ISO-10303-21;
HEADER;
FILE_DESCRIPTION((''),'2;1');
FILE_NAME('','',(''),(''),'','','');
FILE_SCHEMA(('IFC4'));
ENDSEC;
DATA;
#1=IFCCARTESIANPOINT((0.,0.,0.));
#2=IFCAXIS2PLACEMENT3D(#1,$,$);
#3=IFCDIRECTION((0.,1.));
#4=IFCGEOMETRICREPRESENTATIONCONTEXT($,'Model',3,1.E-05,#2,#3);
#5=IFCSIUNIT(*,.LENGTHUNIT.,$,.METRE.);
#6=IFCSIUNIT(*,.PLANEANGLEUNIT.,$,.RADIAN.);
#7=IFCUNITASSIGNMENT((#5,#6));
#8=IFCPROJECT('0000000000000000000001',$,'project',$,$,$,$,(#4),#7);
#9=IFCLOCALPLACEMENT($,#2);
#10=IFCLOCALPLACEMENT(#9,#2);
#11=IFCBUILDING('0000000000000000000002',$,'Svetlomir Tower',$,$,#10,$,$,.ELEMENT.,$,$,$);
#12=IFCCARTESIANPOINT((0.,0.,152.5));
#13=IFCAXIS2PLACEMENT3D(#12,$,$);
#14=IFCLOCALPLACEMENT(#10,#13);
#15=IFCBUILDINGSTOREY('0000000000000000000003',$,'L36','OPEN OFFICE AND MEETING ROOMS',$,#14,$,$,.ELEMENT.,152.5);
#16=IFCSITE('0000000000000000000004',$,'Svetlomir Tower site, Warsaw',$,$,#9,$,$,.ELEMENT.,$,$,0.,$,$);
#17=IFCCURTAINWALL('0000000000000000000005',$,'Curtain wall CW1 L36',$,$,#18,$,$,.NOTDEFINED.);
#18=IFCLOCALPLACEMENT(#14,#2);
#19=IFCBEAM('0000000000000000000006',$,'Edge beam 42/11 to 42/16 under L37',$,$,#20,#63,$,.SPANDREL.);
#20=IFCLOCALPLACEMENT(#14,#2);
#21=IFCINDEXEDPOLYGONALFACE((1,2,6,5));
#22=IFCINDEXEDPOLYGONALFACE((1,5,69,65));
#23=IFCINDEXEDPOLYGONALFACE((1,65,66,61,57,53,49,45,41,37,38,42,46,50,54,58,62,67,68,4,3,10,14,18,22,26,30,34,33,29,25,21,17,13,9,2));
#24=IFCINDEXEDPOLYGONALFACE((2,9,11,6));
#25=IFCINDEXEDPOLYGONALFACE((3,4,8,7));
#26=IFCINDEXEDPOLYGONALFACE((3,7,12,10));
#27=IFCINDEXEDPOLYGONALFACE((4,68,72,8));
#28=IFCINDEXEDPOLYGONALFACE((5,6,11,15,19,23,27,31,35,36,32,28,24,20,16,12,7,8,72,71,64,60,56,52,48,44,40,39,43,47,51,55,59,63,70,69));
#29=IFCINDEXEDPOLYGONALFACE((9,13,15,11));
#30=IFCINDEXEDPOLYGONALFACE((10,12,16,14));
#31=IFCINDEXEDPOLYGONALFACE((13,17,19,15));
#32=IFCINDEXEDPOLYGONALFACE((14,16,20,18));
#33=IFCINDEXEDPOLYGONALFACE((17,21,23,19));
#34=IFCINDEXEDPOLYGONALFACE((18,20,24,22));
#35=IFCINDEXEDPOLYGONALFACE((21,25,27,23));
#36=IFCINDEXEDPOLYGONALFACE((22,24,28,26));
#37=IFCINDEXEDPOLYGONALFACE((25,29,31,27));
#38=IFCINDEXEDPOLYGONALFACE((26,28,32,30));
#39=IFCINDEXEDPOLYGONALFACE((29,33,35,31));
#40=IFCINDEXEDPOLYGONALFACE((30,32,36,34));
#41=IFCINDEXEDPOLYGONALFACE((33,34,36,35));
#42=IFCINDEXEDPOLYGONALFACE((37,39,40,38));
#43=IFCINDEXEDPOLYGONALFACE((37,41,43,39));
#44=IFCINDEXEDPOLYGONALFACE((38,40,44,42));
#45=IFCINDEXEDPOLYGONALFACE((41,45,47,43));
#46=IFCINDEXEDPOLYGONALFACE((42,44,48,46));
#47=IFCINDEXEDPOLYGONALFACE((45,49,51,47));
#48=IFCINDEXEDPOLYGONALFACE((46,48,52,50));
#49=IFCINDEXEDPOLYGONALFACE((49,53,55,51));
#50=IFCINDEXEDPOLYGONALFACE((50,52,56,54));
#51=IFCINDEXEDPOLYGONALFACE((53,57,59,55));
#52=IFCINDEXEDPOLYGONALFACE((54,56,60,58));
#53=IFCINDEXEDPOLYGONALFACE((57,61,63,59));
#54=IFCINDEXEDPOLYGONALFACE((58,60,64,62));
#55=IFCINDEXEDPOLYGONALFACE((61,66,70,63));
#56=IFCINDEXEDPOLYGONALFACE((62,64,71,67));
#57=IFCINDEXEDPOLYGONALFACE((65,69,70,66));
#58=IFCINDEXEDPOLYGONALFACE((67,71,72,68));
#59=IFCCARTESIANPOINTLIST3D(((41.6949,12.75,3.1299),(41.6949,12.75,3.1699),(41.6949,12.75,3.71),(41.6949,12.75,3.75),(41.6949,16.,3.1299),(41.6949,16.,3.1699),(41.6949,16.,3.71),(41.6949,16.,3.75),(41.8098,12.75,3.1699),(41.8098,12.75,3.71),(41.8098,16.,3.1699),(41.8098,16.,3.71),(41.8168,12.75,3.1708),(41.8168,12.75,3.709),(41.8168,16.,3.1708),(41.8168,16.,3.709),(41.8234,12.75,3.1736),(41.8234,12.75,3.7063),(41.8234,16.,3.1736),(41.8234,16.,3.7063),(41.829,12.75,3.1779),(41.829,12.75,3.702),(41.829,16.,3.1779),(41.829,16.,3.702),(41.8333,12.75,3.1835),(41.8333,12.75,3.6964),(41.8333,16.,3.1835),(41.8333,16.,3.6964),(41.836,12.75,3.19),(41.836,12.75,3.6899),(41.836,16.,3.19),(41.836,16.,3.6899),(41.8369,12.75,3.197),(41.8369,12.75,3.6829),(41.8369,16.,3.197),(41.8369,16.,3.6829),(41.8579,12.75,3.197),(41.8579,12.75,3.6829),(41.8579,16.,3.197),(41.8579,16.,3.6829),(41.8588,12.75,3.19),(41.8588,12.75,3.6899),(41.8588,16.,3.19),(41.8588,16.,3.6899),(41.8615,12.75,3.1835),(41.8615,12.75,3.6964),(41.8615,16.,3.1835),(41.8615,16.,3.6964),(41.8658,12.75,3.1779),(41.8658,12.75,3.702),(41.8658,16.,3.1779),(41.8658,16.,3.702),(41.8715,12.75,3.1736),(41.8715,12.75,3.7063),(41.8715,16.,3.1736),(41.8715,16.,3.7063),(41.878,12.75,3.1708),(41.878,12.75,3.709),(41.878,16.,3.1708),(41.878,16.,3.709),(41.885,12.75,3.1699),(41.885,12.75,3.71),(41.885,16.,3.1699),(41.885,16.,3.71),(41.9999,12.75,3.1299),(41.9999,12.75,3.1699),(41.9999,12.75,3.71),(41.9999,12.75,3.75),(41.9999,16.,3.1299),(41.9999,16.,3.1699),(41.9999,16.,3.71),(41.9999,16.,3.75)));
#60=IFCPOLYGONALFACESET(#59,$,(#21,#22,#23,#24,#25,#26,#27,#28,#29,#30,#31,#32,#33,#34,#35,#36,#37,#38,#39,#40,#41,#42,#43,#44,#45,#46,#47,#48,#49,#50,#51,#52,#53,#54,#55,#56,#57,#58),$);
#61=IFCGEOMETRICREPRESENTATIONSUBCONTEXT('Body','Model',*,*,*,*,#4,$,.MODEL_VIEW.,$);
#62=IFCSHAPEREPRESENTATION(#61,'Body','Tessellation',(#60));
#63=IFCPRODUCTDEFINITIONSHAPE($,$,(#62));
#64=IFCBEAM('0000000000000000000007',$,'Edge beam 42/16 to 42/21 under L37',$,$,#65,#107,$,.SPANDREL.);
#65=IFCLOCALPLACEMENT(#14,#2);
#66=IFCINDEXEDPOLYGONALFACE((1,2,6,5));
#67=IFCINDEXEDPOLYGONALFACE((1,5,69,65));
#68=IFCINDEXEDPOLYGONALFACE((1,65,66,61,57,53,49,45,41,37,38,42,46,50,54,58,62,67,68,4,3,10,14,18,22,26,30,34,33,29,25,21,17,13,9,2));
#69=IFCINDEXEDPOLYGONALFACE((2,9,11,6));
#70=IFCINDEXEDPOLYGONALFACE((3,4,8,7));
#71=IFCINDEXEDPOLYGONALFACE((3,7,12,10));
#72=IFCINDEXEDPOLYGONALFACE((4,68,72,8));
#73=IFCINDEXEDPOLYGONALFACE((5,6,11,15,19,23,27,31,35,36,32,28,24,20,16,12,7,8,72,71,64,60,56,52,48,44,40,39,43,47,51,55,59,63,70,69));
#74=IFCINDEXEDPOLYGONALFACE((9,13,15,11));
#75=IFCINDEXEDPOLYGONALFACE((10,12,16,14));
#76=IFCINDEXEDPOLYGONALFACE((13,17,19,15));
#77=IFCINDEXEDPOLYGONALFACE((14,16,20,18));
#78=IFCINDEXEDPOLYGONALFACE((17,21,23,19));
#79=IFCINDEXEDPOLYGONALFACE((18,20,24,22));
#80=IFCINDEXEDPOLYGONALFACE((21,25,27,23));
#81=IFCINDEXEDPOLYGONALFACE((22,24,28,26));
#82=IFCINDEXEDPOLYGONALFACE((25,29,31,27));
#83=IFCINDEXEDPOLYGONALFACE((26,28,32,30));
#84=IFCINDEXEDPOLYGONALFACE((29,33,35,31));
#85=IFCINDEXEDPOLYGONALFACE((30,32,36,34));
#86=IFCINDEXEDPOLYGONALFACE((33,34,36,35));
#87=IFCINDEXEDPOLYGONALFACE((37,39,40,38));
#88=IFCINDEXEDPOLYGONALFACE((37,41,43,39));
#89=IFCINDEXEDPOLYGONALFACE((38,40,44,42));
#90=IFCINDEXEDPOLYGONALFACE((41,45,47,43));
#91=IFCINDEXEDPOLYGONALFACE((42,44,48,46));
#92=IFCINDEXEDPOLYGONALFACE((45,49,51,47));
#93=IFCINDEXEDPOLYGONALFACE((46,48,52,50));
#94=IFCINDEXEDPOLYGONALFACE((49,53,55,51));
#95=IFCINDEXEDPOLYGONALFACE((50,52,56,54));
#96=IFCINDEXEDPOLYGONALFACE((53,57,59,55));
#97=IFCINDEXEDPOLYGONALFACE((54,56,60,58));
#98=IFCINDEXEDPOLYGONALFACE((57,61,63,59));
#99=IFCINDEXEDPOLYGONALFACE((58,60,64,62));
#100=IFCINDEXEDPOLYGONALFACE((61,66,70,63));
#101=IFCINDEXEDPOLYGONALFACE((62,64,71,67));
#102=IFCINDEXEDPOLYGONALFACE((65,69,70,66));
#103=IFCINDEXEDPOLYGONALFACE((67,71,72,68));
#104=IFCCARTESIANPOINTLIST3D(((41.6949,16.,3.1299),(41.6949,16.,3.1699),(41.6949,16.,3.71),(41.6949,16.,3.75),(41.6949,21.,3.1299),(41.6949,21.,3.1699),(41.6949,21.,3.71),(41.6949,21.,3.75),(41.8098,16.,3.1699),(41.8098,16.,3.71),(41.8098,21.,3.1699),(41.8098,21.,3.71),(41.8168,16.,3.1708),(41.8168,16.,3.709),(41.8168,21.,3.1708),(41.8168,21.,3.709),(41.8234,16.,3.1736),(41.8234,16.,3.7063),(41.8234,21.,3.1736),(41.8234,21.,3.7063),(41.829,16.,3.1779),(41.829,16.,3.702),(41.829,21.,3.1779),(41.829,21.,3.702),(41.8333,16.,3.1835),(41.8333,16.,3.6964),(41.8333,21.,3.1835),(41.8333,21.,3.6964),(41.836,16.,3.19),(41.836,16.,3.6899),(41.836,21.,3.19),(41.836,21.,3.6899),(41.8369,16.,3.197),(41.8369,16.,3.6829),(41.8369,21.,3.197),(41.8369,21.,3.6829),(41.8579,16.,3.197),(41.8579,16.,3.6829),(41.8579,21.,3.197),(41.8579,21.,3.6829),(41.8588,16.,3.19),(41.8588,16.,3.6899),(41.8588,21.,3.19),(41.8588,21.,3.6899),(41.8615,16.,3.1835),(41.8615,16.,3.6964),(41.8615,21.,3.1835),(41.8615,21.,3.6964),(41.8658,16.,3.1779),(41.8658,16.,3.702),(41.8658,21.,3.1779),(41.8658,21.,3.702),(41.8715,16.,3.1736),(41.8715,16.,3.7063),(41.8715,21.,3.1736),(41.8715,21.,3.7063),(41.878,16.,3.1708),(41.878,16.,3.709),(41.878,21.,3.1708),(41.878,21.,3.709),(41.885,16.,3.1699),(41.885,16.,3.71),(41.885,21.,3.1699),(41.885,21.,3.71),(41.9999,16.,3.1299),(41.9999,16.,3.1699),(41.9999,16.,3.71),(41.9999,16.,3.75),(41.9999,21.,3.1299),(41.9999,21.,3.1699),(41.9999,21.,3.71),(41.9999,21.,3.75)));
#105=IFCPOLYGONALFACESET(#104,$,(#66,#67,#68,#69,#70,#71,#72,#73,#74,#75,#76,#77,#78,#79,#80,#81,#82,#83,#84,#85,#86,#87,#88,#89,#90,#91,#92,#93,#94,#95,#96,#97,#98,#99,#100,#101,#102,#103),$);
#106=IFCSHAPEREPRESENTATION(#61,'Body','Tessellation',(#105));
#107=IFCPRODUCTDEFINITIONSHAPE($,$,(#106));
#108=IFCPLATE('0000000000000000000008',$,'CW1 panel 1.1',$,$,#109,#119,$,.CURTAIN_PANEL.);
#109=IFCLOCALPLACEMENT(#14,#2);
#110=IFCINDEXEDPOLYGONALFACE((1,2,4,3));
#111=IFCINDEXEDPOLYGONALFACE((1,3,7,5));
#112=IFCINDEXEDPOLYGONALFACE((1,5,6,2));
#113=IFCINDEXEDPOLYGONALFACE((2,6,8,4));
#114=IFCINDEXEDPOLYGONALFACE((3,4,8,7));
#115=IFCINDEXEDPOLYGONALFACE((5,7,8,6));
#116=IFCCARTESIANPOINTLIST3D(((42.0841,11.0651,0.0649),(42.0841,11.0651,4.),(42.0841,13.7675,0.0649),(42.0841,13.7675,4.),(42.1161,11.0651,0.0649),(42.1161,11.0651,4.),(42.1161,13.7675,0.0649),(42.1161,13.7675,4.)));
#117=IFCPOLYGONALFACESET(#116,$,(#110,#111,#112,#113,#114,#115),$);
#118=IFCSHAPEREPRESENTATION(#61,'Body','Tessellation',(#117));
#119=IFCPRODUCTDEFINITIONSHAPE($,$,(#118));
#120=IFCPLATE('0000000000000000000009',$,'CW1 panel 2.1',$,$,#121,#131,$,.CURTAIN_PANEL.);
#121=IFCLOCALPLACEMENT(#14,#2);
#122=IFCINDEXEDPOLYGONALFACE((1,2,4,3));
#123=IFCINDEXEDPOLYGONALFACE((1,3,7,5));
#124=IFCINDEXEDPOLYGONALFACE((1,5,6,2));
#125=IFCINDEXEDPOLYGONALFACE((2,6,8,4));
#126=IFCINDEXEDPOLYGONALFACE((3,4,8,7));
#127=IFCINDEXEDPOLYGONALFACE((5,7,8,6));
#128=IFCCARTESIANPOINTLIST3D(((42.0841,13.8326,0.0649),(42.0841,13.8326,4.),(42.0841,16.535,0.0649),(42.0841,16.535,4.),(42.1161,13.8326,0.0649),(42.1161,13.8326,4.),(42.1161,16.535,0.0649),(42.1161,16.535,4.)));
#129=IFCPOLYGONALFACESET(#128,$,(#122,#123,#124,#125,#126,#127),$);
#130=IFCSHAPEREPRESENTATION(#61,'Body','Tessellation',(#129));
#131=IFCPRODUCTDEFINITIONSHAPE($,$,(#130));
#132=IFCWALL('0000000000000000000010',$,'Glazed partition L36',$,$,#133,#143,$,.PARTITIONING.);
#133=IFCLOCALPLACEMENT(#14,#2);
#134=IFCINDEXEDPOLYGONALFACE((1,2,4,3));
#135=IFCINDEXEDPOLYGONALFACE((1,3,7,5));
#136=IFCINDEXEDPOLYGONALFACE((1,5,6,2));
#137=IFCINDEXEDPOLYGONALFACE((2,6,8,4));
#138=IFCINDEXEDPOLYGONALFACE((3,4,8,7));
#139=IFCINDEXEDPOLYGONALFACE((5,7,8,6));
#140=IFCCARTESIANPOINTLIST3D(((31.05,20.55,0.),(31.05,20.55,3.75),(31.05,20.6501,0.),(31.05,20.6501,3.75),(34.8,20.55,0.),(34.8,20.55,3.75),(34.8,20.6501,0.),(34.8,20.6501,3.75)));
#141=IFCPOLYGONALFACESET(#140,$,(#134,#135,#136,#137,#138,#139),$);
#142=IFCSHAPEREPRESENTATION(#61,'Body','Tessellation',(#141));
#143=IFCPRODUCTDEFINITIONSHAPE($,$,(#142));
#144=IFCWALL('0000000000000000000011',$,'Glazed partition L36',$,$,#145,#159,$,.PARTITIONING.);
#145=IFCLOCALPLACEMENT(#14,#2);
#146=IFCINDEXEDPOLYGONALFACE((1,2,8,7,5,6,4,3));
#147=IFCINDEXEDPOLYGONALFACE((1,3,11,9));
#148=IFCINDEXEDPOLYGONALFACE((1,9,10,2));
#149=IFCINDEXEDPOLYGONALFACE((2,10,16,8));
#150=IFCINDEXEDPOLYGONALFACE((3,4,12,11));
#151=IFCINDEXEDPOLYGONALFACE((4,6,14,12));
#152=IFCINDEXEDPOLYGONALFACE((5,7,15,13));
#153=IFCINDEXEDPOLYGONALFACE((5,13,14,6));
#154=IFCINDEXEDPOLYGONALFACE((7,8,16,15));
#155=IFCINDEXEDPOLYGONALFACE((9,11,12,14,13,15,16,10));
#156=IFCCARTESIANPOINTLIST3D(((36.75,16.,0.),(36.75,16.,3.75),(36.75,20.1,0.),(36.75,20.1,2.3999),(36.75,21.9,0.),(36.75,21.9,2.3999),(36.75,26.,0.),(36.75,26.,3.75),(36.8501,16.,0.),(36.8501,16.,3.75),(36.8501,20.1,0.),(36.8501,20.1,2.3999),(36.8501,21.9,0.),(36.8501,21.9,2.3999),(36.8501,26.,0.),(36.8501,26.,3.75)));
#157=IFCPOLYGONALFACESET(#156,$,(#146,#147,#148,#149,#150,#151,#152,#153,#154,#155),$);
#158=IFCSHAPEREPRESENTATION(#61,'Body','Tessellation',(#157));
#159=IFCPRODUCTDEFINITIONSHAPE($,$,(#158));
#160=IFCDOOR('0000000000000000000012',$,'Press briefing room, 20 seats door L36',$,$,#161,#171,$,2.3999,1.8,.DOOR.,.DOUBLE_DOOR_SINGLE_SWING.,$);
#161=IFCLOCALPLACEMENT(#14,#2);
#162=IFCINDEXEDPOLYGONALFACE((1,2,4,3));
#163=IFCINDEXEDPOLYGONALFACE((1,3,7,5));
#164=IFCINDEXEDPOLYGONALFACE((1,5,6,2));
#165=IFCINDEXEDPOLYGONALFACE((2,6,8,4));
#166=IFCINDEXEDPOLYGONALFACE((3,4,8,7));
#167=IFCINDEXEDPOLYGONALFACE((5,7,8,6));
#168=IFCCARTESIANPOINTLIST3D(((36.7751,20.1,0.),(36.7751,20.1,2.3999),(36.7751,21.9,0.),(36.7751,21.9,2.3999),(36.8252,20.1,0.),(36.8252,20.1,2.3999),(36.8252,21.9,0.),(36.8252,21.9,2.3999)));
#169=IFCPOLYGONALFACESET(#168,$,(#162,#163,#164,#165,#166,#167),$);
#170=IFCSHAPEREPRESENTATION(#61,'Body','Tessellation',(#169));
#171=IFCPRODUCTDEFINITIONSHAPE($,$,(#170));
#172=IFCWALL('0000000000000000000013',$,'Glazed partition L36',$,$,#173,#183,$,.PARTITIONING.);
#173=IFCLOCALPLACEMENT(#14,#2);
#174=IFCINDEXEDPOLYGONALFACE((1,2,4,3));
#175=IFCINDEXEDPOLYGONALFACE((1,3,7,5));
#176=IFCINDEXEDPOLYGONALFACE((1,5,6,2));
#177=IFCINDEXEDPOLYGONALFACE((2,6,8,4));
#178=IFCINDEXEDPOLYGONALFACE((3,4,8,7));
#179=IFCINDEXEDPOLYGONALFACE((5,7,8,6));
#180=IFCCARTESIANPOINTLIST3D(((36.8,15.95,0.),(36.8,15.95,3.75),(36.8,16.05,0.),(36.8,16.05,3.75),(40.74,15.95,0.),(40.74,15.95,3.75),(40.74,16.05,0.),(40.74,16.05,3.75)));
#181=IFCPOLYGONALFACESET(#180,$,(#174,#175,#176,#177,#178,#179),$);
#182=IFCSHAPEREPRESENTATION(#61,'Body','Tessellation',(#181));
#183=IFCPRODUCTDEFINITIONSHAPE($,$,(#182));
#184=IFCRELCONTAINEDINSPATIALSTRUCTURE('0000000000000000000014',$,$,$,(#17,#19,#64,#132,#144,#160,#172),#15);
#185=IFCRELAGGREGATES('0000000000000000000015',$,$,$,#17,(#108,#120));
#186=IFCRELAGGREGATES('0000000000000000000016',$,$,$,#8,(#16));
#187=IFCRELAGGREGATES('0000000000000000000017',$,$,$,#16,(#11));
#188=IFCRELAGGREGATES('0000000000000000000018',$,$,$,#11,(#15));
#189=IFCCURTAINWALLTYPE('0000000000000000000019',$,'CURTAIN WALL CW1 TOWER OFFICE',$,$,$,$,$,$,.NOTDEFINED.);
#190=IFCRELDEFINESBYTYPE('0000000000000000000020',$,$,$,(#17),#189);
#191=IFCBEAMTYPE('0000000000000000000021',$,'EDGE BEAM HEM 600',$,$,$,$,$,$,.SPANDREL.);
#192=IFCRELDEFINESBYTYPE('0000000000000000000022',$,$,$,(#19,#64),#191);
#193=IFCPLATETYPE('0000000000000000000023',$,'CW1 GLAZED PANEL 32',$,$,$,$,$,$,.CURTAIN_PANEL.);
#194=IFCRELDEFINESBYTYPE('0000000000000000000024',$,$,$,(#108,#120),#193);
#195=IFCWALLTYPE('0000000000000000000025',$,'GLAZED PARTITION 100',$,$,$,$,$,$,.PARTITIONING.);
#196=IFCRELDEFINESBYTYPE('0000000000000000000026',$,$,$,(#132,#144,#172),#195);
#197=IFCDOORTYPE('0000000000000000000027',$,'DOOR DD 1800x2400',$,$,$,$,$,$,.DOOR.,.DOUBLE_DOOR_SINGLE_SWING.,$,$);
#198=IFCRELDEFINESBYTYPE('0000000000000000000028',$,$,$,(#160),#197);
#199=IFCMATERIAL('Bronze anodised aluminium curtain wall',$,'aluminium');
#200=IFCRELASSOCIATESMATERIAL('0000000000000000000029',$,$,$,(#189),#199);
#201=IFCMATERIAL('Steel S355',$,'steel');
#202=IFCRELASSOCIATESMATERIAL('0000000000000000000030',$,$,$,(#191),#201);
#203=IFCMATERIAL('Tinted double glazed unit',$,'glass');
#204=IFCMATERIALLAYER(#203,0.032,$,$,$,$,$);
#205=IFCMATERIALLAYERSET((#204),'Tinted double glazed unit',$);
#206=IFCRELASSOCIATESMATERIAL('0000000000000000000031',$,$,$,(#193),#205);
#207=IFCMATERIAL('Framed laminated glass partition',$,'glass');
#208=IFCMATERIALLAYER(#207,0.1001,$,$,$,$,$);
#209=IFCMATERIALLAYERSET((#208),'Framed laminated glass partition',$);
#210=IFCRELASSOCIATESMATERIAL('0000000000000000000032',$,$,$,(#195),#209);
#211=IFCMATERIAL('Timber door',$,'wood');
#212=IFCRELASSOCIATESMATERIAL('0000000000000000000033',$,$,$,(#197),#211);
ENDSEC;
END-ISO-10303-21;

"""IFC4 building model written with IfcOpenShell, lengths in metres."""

from ifc_helpers import new_model, si_unit, direction, frame, frame_2d, origin, origin_2d, place, context, subcontext, project, spatial, rectangle, i_section, extrude, material, layer, layer_set, material_profile, profile_set, type_object, element, fill, aggregate, save


model = new_model("IFC4")

# Units and contexts
model_context = context("Model", 3, precision=1e-05, world=origin(), true_north=direction((0.0, 1.0)))
body_context = subcontext(model_context, "Body", "Model", "MODEL_VIEW")
ifc_project = project(units=[si_unit("LENGTHUNIT", "METRE"), si_unit("PLANEANGLEUNIT", "RADIAN")], contexts=[model_context])

# Site, building, storey
site_placement = place(None, origin())
site = spatial("IfcSite", under=ifc_project, at=site_placement, Name="Svetlomir Tower site, Warsaw", CompositionType="ELEMENT", RefElevation=0.0)
building_placement = place(site_placement, origin())
building = spatial("IfcBuilding", under=site, at=building_placement, Name="Svetlomir Tower", CompositionType="ELEMENT")
storey_placement = place(building_placement, frame((0.0, 0.0, 152.5)))
storey = spatial("IfcBuildingStorey", under=building, at=storey_placement, Name="L36", Description="OPEN OFFICE AND MEETING ROOMS", CompositionType="ELEMENT", Elevation=152.5)

# Shared definitions
ifc_material_1 = material(Name="Bronze anodised aluminium curtain wall", Category="aluminium")
curtain_wall_type = type_object("IfcCurtainWallType", Name="CURTAIN WALL CW1 TOWER OFFICE", PredefinedType="NOTDEFINED", material=ifc_material_1)

# Curtain wall
curtain_wall_1_placement = place(storey_placement, origin())
curtain_wall_1 = element("IfcCurtainWall", 1, at=curtain_wall_1_placement, inside=storey, type_object=curtain_wall_type, Name="Curtain wall CW1 L36", PredefinedType="NOTDEFINED")

# Beams
ifc_material_2 = material(Name="Steel S355", Category="steel")
ifc_material_profile_1 = material_profile(ifc_material_2, i_section(OverallWidth=0.3049, OverallDepth=0.6201, WebThickness=0.021, FlangeThickness=0.04, FilletRadius=0.0271, at=origin_2d()), Name="HEM 600")
ifc_profile_set_1 = profile_set([ifc_material_profile_1], Name="Steel S355")
beam_type_1 = type_object("IfcBeamType", Name="EDGE BEAM HEM 600", PredefinedType="SPANDREL", material=ifc_profile_set_1)
beam_1_placement = place(storey_placement, frame((41.8474, 12.75, 3.4399), z_axis=(0.0, 1.0, 0.0), x_axis=(-1.0, 0.0, 0.0)))
element("IfcBeam", 2, at=beam_1_placement, inside=storey, type_object=beam_type_1, Name="Edge beam 42/11 to 42/16 under L37", PredefinedType="SPANDREL", context=body_context, shape_type="SweptSolid", body=[
    extrude(i_section(OverallWidth=0.3049, OverallDepth=0.6201, WebThickness=0.021, FlangeThickness=0.04, FilletRadius=0.0271, at=origin_2d()), origin(), (0.0, 0.0, 1.0), 3.25),
])
beam_2_placement = place(storey_placement, frame((41.8474, 16.0, 3.4399), z_axis=(0.0, 1.0, 0.0), x_axis=(-1.0, 0.0, 0.0)))
element("IfcBeam", 3, at=beam_2_placement, inside=storey, type_object=beam_type_1, Name="Edge beam 42/16 to 42/21 under L37", PredefinedType="SPANDREL", context=body_context, shape_type="SweptSolid", body=[
    extrude(i_section(OverallWidth=0.3049, OverallDepth=0.6201, WebThickness=0.021, FlangeThickness=0.04, FilletRadius=0.0271, at=origin_2d()), origin(), (0.0, 0.0, 1.0), 5.0),
])

# Plates
ifc_material_3 = material(Name="Tinted double glazed unit", Category="glass")
ifc_layer_1 = layer(ifc_material_3, 0.032)
ifc_layer_set_1 = layer_set([ifc_layer_1], Name="Tinted double glazed unit")
plate_type = type_object("IfcPlateType", Name="CW1 GLAZED PANEL 32", PredefinedType="CURTAIN_PANEL", material=ifc_layer_set_1)
plate_1_placement = place(storey_placement, frame((42.1001, 12.4163, 0.0649), z_axis=(0.0, 0.0, 1.0), x_axis=(0.0, 1.0, 0.0)))
plate_1 = element("IfcPlate", 4, at=plate_1_placement, type_object=plate_type, Name="CW1 panel 1.1", PredefinedType="CURTAIN_PANEL", context=body_context, shape_type="SweptSolid", body=[
    extrude(rectangle(XDim=2.7024, YDim=0.032, at=origin_2d()), origin(), (0.0, 0.0, 1.0), 3.9351),
])
plate_2_placement = place(storey_placement, frame((42.1001, 15.1838, 0.0649), z_axis=(0.0, 0.0, 1.0), x_axis=(0.0, 1.0, 0.0)))
plate_2 = element("IfcPlate", 5, at=plate_2_placement, type_object=plate_type, Name="CW1 panel 2.1", PredefinedType="CURTAIN_PANEL", context=body_context, shape_type="SweptSolid", body=[
    extrude(rectangle(XDim=2.7024, YDim=0.032, at=origin_2d()), origin(), (0.0, 0.0, 1.0), 3.9351),
])
aggregate(curtain_wall_1, [plate_1, plate_2])

# Wall
ifc_material_4 = material(Name="Framed laminated glass partition", Category="glass")
ifc_layer_2 = layer(ifc_material_4, 0.1001)
ifc_layer_set_2 = layer_set([ifc_layer_2], Name="Framed laminated glass partition")
wall_type_1 = type_object("IfcWallType", Name="GLAZED PARTITION 100", PredefinedType="PARTITIONING", material=ifc_layer_set_2)
wall_1_placement = place(storey_placement, frame((31.05, 20.6001, 0.0), z_axis=(0.0, 0.0, 1.0), x_axis=(1.0, 0.0, 0.0)))
element("IfcWall", 6, at=wall_1_placement, inside=storey, type_object=wall_type_1, Name="Glazed partition L36", PredefinedType="PARTITIONING", context=body_context, shape_type="SweptSolid", body=[
    extrude(rectangle(XDim=3.75, YDim=0.1001, at=frame_2d((1.875, 0.0))), origin(), (0.0, 0.0, 1.0), 3.75),
])

# Wall, opening, door
wall_2_placement = place(storey_placement, frame((36.8, 16.0, 0.0), z_axis=(0.0, 0.0, 1.0), x_axis=(0.0, 1.0, 0.0)))
wall_2 = element("IfcWall", 7, at=wall_2_placement, inside=storey, type_object=wall_type_1, Name="Glazed partition L36", PredefinedType="PARTITIONING", context=body_context, shape_type="SweptSolid", body=[
    extrude(rectangle(XDim=10.0, YDim=0.1001, at=frame_2d((5.0, 0.0))), origin(), (0.0, 0.0, 1.0), 3.75),
])
opening_1_placement = place(wall_2_placement, frame((4.1001, 0.0, 0.0)))
opening_1 = element("IfcOpeningElement", 8, at=opening_1_placement, cuts=wall_2, PredefinedType="OPENING", context=body_context, shape_type="SweptSolid", body=[
    extrude(rectangle(XDim=1.8, YDim=2.3999, at=frame_2d((0.8999, 1.2))), frame((0.0, 0.0601, 0.0), z_axis=(0.0, -1.0, 0.0), x_axis=(1.0, 0.0, 0.0)), (0.0, 0.0, 1.0), 0.1201),
])
ifc_material_5 = material(Name="Timber door", Category="wood")
door_type_1 = type_object("IfcDoorType", Name="DOOR DD 1800x2400", OperationType="DOUBLE_DOOR_SINGLE_SWING", PredefinedType="DOOR", material=ifc_material_5)
door_1_placement = place(opening_1_placement, origin())
door_1 = element("IfcDoor", 9, at=door_1_placement, inside=storey, type_object=door_type_1, Name="Press briefing room, 20 seats door L36", OperationType="DOUBLE_DOOR_SINGLE_SWING", OverallHeight=2.3999, OverallWidth=1.8, PredefinedType="DOOR", context=body_context, shape_type="SweptSolid", body=[
    extrude(rectangle(XDim=1.8, YDim=2.3999, at=frame_2d((0.8999, 1.2))), frame((0.0, 0.0249, 0.0), z_axis=(0.0, -1.0, 0.0), x_axis=(1.0, 0.0, 0.0)), (0.0, 0.0, 1.0), 0.05),
])
fill(opening_1, door_1)

# Wall
wall_3_placement = place(storey_placement, frame((36.8, 16.0, 0.0), z_axis=(0.0, 0.0, 1.0), x_axis=(1.0, 0.0, 0.0)))
element("IfcWall", 10, at=wall_3_placement, inside=storey, type_object=wall_type_1, Name="Glazed partition L36", PredefinedType="PARTITIONING", context=body_context, shape_type="SweptSolid", body=[
    extrude(rectangle(XDim=3.9399, YDim=0.1001, at=frame_2d((1.97, 0.0))), origin(), (0.0, 0.0, 1.0), 3.75),
])

save(model, "model.ifc")
